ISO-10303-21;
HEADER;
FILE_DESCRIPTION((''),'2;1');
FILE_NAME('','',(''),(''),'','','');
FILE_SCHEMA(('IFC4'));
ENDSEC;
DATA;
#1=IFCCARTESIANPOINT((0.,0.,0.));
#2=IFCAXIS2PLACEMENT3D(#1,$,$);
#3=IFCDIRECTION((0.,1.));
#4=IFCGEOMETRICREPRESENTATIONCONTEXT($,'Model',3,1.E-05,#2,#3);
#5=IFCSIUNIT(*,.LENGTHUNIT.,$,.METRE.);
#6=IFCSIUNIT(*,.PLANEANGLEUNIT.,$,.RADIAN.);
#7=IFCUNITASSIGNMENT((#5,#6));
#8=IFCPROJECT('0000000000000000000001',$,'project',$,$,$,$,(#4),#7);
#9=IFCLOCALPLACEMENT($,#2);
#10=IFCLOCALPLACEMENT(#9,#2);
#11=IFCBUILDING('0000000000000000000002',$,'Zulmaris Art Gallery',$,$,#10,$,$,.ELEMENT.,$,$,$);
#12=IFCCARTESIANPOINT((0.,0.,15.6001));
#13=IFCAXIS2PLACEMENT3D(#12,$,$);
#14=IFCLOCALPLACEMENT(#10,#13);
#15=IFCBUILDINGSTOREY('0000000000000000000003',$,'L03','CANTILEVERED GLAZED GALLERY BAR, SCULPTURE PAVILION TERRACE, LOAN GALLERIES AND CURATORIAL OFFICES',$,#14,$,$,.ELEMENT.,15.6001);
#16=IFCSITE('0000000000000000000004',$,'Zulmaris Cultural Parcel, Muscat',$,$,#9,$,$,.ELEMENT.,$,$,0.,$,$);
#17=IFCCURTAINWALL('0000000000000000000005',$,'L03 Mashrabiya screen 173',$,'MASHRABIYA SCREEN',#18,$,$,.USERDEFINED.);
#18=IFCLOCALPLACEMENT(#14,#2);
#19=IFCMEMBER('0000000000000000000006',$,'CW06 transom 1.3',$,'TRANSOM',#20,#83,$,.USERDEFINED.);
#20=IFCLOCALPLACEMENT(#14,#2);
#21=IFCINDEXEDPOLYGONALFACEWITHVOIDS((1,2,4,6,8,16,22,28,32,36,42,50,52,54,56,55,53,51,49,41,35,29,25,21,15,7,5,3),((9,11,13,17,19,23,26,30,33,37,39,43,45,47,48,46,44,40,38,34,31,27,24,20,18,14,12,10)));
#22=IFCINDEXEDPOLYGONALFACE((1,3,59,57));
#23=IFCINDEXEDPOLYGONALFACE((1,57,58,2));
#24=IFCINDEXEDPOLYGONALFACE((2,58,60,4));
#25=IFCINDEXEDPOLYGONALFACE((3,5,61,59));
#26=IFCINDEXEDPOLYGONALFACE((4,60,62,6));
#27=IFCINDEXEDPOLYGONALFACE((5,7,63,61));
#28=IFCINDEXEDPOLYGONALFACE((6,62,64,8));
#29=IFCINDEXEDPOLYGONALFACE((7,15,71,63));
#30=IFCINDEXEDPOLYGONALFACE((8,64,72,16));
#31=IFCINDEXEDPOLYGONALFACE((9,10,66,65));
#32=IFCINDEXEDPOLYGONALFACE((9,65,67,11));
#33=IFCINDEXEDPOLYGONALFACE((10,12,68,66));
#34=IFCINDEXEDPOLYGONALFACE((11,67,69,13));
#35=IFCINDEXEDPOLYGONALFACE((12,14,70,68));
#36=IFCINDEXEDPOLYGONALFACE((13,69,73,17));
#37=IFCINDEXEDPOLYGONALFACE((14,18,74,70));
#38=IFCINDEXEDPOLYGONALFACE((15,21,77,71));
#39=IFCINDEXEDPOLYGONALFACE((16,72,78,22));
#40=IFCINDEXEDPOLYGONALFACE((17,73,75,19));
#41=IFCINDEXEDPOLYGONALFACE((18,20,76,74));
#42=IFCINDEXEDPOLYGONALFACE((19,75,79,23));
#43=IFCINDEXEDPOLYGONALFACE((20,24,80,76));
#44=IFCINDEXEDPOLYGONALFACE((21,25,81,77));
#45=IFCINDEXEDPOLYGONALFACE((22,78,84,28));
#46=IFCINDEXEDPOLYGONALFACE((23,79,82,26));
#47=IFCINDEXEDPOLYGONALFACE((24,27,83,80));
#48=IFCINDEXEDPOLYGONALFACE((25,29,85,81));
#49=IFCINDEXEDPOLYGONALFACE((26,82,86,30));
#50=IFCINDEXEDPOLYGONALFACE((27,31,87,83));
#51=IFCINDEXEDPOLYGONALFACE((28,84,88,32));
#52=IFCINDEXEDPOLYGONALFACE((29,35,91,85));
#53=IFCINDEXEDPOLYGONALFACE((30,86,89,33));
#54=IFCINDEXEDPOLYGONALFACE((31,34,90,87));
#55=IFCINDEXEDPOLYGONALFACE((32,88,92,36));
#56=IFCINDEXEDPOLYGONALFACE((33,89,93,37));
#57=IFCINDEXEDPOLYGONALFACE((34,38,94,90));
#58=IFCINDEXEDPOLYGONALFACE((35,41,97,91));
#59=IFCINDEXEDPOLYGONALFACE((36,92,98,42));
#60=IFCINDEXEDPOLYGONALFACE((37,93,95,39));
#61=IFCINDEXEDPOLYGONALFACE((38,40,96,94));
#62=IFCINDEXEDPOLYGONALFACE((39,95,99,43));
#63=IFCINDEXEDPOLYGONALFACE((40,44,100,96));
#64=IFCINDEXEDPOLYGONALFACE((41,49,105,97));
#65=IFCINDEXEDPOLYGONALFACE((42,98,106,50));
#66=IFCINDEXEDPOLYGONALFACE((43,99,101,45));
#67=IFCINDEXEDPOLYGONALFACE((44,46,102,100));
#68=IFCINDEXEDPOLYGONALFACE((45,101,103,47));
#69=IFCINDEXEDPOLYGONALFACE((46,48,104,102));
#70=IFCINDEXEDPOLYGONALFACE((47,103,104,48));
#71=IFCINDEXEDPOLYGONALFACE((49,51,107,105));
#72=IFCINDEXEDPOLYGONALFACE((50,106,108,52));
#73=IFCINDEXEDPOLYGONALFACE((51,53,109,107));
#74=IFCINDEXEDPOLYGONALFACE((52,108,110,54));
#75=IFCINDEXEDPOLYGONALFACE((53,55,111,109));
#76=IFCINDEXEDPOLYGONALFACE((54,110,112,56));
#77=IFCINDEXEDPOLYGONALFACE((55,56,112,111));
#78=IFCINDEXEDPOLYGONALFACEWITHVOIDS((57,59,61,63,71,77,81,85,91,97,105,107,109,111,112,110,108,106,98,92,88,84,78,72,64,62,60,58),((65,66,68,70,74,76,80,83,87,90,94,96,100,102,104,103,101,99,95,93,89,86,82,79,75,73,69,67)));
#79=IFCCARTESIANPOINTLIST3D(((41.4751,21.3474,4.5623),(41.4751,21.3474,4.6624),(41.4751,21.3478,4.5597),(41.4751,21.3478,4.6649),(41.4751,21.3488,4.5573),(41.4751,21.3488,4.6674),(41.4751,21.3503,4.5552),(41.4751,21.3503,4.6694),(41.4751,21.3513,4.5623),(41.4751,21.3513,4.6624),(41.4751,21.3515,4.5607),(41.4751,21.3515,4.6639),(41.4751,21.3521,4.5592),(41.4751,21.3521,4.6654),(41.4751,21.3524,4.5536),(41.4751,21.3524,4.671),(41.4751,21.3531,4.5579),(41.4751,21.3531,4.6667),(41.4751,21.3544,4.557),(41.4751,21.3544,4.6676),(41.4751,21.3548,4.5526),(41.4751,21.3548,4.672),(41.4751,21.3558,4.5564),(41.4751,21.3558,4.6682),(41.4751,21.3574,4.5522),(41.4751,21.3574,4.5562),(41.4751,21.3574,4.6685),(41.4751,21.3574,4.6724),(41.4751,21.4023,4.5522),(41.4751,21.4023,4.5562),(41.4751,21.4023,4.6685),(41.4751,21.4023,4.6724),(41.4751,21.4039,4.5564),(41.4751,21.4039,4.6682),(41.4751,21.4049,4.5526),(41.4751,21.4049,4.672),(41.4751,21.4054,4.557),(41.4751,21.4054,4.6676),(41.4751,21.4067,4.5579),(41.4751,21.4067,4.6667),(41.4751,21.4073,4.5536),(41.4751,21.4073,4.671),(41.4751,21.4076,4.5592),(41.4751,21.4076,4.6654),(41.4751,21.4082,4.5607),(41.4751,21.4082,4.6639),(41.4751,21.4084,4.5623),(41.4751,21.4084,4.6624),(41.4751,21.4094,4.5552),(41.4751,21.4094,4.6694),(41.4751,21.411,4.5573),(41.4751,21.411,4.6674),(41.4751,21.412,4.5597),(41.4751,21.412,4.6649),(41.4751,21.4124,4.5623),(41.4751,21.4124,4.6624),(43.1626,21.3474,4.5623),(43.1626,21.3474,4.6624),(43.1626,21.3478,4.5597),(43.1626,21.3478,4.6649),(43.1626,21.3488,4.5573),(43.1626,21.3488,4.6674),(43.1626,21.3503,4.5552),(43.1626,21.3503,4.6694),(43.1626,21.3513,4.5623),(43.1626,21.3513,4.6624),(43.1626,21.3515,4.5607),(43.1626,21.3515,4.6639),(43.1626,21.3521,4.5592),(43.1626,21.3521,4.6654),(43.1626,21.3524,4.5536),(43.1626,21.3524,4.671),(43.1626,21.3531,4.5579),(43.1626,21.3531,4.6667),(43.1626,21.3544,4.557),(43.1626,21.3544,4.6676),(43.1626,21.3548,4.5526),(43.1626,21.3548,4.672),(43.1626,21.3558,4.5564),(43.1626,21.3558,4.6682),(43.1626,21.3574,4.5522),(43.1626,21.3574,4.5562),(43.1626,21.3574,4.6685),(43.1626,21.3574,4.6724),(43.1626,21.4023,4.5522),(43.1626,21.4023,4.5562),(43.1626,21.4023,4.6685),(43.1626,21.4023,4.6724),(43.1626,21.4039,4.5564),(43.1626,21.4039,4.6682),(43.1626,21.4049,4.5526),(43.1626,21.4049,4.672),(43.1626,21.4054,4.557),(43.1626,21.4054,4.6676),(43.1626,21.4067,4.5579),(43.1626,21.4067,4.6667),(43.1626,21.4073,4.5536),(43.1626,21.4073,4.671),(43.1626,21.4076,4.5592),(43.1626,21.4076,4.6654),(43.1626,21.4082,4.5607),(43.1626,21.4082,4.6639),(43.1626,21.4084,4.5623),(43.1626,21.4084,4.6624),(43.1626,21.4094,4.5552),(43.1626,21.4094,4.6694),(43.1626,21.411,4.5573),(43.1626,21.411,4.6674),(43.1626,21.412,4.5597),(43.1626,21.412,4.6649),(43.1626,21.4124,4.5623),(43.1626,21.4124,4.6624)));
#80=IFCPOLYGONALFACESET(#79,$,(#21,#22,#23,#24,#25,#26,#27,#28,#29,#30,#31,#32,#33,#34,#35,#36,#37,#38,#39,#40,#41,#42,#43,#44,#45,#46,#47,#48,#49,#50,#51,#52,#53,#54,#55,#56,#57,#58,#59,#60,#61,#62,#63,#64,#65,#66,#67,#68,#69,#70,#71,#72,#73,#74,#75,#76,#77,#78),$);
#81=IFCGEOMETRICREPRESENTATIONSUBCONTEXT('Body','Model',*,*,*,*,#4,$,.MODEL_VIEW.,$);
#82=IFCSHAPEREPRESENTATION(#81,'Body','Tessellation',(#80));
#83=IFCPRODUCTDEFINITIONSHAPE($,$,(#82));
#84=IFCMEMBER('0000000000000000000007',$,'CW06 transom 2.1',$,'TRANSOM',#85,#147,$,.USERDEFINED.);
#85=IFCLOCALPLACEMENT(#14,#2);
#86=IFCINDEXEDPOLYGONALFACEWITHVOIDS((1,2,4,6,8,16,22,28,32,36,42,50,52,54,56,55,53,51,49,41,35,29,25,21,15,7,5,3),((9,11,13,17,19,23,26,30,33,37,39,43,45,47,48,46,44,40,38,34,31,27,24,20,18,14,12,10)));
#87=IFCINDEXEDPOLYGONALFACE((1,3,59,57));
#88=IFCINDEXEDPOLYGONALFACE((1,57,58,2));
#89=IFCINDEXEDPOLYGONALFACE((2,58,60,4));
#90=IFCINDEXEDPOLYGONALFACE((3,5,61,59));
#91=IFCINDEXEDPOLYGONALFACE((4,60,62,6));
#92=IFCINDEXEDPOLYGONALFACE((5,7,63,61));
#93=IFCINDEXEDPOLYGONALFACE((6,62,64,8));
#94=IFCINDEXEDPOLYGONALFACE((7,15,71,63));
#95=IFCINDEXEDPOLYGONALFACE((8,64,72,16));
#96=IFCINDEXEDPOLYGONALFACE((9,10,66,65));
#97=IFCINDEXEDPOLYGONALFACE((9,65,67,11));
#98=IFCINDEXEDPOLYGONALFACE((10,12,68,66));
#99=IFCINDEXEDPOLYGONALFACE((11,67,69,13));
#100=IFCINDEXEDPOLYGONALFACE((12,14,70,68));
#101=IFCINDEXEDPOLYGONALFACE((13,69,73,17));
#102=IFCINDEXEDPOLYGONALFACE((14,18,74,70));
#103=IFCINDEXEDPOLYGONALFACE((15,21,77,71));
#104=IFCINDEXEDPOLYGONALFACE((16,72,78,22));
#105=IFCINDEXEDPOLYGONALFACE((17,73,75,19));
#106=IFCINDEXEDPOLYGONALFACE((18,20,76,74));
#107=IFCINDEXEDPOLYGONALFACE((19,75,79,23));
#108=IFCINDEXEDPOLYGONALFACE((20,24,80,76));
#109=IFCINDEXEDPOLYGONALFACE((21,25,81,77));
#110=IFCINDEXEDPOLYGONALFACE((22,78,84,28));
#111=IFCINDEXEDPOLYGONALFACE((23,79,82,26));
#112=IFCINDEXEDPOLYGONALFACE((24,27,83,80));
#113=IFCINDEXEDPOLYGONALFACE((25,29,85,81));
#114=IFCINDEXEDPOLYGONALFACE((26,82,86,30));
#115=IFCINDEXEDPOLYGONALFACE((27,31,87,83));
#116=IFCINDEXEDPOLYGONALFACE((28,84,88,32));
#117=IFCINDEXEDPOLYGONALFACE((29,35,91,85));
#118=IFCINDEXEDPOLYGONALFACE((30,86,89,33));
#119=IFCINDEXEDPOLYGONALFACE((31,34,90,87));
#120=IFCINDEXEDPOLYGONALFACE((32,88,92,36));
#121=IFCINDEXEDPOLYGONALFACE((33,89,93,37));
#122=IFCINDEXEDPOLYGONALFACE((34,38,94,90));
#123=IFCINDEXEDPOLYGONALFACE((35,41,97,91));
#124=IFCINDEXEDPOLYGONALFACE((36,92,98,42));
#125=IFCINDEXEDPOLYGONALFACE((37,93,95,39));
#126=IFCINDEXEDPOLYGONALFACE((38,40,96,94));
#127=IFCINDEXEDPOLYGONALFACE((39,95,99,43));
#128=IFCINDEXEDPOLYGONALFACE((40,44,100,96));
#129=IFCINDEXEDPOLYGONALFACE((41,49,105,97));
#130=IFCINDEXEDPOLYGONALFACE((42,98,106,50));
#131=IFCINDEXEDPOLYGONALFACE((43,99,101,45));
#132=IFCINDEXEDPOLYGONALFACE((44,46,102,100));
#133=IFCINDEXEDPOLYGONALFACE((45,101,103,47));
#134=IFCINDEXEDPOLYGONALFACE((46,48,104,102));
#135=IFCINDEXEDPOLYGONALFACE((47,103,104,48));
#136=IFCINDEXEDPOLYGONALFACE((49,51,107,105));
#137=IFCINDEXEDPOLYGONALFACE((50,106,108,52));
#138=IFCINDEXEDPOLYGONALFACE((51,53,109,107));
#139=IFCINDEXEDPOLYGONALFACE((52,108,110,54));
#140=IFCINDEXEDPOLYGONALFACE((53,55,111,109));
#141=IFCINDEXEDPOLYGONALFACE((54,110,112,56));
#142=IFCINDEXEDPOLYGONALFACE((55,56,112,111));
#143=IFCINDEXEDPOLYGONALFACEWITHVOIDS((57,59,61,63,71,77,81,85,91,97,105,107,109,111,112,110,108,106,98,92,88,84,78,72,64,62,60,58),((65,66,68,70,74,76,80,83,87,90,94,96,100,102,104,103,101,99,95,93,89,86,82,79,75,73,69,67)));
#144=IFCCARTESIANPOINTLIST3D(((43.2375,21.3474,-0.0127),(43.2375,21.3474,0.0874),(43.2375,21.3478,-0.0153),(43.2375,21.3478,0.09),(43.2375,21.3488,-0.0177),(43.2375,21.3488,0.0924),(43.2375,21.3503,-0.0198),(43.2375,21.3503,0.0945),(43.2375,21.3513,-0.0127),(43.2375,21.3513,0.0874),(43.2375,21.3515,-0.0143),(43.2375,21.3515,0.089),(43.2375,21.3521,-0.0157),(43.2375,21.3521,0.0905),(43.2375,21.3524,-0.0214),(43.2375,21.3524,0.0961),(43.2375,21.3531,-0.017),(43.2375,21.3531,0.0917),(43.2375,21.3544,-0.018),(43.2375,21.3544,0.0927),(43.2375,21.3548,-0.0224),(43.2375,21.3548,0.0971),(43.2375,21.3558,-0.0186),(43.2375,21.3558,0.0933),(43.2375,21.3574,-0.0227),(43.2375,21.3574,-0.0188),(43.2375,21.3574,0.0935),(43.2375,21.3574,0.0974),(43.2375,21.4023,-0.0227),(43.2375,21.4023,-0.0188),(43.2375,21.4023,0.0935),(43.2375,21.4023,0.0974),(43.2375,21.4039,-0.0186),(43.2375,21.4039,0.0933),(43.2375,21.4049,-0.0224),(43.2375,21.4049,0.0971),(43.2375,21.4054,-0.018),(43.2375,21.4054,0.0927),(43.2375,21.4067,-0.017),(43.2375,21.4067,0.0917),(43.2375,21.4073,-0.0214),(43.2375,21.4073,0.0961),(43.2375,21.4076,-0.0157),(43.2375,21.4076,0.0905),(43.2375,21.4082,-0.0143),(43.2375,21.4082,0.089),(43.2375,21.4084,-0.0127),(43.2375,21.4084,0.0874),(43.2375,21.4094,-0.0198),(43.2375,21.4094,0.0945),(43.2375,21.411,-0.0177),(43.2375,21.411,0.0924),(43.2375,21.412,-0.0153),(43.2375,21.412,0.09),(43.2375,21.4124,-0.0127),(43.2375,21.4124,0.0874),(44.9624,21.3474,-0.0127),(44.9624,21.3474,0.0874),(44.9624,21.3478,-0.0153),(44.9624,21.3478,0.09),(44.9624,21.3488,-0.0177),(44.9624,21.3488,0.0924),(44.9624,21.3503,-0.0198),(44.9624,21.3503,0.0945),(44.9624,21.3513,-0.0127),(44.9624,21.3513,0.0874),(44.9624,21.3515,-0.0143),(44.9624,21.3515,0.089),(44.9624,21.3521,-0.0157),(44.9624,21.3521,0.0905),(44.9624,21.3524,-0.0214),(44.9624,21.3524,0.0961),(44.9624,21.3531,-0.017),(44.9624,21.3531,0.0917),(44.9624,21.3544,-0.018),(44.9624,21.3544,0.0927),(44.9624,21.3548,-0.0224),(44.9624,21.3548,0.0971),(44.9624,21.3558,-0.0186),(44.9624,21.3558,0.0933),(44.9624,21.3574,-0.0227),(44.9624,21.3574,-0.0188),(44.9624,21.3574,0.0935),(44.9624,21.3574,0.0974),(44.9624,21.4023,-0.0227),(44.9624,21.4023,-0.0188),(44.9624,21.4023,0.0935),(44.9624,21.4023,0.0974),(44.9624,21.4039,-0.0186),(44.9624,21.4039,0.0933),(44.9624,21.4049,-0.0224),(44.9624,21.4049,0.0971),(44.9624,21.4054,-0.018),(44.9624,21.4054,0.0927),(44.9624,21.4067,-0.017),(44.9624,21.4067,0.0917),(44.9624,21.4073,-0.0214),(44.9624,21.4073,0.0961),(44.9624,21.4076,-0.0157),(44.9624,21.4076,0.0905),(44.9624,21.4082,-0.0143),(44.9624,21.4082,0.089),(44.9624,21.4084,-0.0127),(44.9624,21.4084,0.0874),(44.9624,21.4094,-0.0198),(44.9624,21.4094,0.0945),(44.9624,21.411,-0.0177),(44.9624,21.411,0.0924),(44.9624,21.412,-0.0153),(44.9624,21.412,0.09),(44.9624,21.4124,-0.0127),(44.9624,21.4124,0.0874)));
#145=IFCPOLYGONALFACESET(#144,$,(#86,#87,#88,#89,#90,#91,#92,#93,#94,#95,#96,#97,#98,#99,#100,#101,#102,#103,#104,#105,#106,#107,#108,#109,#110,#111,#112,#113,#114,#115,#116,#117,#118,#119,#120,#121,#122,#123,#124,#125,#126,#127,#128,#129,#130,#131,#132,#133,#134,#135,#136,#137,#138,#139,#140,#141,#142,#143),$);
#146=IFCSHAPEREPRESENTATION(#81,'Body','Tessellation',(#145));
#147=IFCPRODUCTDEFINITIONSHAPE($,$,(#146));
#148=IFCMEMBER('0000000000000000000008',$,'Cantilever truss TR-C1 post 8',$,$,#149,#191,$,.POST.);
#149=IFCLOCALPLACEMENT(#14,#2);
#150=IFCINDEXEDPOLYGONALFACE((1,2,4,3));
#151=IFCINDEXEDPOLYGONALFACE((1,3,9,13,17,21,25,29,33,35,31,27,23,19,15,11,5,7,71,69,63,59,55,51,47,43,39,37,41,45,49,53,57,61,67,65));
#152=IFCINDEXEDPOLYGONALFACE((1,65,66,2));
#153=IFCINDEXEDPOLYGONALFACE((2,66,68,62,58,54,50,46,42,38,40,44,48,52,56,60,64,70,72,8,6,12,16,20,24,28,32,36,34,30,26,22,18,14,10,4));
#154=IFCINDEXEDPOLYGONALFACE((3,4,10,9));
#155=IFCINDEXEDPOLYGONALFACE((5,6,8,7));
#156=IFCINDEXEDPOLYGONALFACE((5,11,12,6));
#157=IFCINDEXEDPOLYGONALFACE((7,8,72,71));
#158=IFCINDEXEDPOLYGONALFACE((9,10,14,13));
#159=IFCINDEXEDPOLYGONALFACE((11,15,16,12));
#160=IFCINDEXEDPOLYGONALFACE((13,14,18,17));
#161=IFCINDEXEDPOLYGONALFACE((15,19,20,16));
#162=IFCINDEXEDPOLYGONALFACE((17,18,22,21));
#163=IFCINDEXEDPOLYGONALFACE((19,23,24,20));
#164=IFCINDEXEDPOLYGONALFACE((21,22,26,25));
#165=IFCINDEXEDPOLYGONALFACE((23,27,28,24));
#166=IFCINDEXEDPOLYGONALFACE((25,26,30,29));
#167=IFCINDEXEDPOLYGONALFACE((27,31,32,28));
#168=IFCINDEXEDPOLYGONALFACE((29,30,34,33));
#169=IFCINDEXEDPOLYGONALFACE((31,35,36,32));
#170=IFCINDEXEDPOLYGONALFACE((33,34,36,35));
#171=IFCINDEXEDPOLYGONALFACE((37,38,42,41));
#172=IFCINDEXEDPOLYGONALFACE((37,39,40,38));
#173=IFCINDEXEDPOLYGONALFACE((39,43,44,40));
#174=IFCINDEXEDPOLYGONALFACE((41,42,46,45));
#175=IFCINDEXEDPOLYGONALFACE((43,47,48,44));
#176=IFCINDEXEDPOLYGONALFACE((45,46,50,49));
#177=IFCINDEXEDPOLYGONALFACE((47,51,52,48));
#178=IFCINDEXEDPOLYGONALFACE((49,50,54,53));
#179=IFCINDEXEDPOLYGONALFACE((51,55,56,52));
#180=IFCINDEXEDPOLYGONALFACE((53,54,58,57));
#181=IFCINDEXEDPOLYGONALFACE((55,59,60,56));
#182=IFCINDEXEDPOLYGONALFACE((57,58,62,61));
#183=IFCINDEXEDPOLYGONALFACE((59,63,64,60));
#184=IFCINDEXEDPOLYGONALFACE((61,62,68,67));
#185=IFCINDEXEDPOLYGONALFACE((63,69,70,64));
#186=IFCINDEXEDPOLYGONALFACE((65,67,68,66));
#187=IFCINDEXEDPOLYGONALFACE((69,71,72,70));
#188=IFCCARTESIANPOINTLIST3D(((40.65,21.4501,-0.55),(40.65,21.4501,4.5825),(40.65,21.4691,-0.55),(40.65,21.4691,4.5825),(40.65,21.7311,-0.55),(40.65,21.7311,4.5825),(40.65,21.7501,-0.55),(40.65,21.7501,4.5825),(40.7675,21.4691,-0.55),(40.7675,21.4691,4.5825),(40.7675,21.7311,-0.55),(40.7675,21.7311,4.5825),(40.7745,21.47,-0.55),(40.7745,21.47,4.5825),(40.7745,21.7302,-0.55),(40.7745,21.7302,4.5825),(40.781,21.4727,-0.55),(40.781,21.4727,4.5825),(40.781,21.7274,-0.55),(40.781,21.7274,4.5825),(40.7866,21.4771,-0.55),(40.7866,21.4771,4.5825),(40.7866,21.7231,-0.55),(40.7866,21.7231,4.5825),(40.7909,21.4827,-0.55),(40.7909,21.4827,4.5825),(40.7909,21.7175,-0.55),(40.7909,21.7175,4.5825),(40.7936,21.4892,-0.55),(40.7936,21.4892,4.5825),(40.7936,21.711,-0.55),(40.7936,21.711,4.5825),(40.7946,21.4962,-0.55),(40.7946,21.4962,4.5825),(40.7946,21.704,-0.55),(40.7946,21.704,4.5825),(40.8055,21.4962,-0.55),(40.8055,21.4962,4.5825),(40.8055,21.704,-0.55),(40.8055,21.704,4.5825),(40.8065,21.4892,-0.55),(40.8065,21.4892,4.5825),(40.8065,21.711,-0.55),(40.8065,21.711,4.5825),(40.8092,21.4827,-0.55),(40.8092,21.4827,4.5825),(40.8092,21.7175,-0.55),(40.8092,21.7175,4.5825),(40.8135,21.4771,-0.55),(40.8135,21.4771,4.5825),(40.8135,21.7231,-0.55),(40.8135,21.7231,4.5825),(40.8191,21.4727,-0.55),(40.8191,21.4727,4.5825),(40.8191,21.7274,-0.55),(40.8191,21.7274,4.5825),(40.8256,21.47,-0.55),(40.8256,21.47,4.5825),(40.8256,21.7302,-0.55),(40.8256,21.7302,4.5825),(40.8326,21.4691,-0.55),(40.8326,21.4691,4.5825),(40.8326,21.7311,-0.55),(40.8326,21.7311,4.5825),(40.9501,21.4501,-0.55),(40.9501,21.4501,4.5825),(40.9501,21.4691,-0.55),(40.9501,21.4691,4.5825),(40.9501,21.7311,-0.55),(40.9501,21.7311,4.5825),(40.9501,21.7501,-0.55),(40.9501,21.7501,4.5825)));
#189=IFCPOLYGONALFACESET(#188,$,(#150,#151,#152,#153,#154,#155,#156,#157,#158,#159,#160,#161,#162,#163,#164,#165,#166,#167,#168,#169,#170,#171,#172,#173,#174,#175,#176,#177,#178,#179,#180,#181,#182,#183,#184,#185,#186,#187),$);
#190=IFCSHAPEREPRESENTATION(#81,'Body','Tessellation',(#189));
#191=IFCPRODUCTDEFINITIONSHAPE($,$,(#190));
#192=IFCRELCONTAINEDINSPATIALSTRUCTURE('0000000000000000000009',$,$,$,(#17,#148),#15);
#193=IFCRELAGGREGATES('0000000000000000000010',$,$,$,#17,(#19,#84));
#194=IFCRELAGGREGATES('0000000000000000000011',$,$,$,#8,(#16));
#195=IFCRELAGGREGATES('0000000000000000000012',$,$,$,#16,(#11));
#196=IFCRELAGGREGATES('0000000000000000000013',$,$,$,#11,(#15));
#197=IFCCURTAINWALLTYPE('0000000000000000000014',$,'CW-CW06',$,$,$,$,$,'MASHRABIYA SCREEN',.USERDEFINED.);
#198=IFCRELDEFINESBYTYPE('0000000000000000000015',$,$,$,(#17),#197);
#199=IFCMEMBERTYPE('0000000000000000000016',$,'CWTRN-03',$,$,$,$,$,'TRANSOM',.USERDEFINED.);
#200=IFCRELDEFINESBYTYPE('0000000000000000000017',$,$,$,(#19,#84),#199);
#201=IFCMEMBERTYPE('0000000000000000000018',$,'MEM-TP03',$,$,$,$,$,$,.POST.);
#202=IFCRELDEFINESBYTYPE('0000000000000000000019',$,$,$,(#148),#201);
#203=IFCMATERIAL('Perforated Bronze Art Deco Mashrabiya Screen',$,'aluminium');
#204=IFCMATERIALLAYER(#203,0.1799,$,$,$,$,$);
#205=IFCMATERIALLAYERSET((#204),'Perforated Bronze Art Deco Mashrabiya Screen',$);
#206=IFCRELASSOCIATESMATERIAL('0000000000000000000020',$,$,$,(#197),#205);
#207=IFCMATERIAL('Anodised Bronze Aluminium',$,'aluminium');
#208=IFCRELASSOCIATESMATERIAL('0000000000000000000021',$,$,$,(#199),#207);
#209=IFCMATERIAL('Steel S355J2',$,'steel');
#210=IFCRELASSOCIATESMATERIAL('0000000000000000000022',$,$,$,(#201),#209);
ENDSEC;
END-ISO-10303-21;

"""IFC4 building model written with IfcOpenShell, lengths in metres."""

from ifc_helpers import new_model, si_unit, direction, frame, origin, origin_2d, place, context, subcontext, project, spatial, hollow_rectangle, i_section, extrude, material, layer, layer_set, material_profile, profile_set, type_object, element, aggregate, save


model = new_model("IFC4")

# Units and contexts
model_context = context("Model", 3, precision=1e-05, world=origin(), true_north=direction((0.0, 1.0)))
body_context = subcontext(model_context, "Body", "Model", "MODEL_VIEW")
ifc_project = project(units=[si_unit("LENGTHUNIT", "METRE"), si_unit("PLANEANGLEUNIT", "RADIAN")], contexts=[model_context])

# Site, building, storey
site_placement = place(None, origin())
site = spatial("IfcSite", under=ifc_project, at=site_placement, Name="Zulmaris Cultural Parcel, Muscat", CompositionType="ELEMENT", RefElevation=0.0)
building_placement = place(site_placement, origin())
building = spatial("IfcBuilding", under=site, at=building_placement, Name="Zulmaris Art Gallery", CompositionType="ELEMENT")
storey_placement = place(building_placement, frame((0.0, 0.0, 15.6001)))
storey = spatial("IfcBuildingStorey", under=building, at=storey_placement, Name="L03", Description="CANTILEVERED GLAZED GALLERY BAR, SCULPTURE PAVILION TERRACE, LOAN GALLERIES AND CURATORIAL OFFICES", CompositionType="ELEMENT", Elevation=15.6001)

# Shared definitions
ifc_material_1 = material(Name="Steel S355J2", Category="steel")

# Shared definitions
ifc_material_2 = material(Name="Anodised Bronze Aluminium", Category="aluminium")

# Shared definitions
ifc_material_3 = material(Name="Perforated Bronze Art Deco Mashrabiya Screen", Category="aluminium")
ifc_layer_1 = layer(ifc_material_3, 0.1799)
ifc_layer_set_1 = layer_set([ifc_layer_1], Name="Perforated Bronze Art Deco Mashrabiya Screen")
curtain_wall_type_1 = type_object("IfcCurtainWallType", Name="CW-CW06", ElementType="MASHRABIYA SCREEN", PredefinedType="USERDEFINED", material=ifc_layer_set_1)

# Curtain wall
curtain_wall_1_placement = place(storey_placement, origin())
curtain_wall_1 = element("IfcCurtainWall", 1, at=curtain_wall_1_placement, inside=storey, type_object=curtain_wall_type_1, Name="L03 Mashrabiya screen 173", ObjectType="MASHRABIYA SCREEN", PredefinedType="USERDEFINED")

# Members
ifc_material_profile_1 = material_profile(ifc_material_2, hollow_rectangle(XDim=0.0649, YDim=0.1201, WallThickness=0.0039, InnerFilletRadius=0.0061, OuterFilletRadius=0.01, at=origin_2d()), Name="ALU 65x120x4")
ifc_profile_set_1 = profile_set([ifc_material_profile_1], Name="Anodised Bronze Aluminium")
member_type_1 = type_object("IfcMemberType", Name="CWTRN-03", ElementType="TRANSOM", PredefinedType="USERDEFINED", material=ifc_profile_set_1)
member_1_placement = place(storey_placement, frame((41.4751, 21.3799, 4.6123), z_axis=(1.0, 0.0, 0.0), x_axis=(0.0, 1.0, 0.0)))
member_1 = element("IfcMember", 2, at=member_1_placement, type_object=member_type_1, Name="CW06 transom 1.3", ObjectType="TRANSOM", PredefinedType="USERDEFINED", context=body_context, shape_type="SweptSolid", body=[
    extrude(hollow_rectangle(XDim=0.0649, YDim=0.1201, WallThickness=0.0039, InnerFilletRadius=0.0061, OuterFilletRadius=0.01, at=origin_2d()), origin(), (0.0, 0.0, 1.0), 1.6875),
])
member_2_placement = place(storey_placement, frame((43.2375, 21.3799, 0.0374), z_axis=(1.0, 0.0, 0.0), x_axis=(0.0, 1.0, 0.0)))
member_2 = element("IfcMember", 3, at=member_2_placement, type_object=member_type_1, Name="CW06 transom 2.1", ObjectType="TRANSOM", PredefinedType="USERDEFINED", context=body_context, shape_type="SweptSolid", body=[
    extrude(hollow_rectangle(XDim=0.0649, YDim=0.1201, WallThickness=0.0039, InnerFilletRadius=0.0061, OuterFilletRadius=0.01, at=origin_2d()), origin(), (0.0, 0.0, 1.0), 1.7249),
])
ifc_material_profile_2 = material_profile(ifc_material_1, i_section(OverallWidth=0.3, OverallDepth=0.3, WebThickness=0.011, FlangeThickness=0.019, FilletRadius=0.0271, at=origin_2d()), Name="HEB 300")
ifc_profile_set_2 = profile_set([ifc_material_profile_2], Name="Steel S355J2")
member_type_2 = type_object("IfcMemberType", Name="MEM-TP03", PredefinedType="POST", material=ifc_profile_set_2)
member_3_placement = place(storey_placement, frame((40.8, 21.6001, -0.55), z_axis=(0.0, 0.0, 1.0), x_axis=(1.0, 0.0, 0.0)))
element("IfcMember", 4, at=member_3_placement, inside=storey, type_object=member_type_2, Name="Cantilever truss TR-C1 post 8", PredefinedType="POST", context=body_context, shape_type="SweptSolid", body=[
    extrude(i_section(OverallWidth=0.3, OverallDepth=0.3, WebThickness=0.011, FlangeThickness=0.019, FilletRadius=0.0271, at=origin_2d()), origin(), (0.0, 0.0, 1.0), 5.1326),
])

aggregate(curtain_wall_1, [member_1, member_2])

save(model, "model.ifc")
